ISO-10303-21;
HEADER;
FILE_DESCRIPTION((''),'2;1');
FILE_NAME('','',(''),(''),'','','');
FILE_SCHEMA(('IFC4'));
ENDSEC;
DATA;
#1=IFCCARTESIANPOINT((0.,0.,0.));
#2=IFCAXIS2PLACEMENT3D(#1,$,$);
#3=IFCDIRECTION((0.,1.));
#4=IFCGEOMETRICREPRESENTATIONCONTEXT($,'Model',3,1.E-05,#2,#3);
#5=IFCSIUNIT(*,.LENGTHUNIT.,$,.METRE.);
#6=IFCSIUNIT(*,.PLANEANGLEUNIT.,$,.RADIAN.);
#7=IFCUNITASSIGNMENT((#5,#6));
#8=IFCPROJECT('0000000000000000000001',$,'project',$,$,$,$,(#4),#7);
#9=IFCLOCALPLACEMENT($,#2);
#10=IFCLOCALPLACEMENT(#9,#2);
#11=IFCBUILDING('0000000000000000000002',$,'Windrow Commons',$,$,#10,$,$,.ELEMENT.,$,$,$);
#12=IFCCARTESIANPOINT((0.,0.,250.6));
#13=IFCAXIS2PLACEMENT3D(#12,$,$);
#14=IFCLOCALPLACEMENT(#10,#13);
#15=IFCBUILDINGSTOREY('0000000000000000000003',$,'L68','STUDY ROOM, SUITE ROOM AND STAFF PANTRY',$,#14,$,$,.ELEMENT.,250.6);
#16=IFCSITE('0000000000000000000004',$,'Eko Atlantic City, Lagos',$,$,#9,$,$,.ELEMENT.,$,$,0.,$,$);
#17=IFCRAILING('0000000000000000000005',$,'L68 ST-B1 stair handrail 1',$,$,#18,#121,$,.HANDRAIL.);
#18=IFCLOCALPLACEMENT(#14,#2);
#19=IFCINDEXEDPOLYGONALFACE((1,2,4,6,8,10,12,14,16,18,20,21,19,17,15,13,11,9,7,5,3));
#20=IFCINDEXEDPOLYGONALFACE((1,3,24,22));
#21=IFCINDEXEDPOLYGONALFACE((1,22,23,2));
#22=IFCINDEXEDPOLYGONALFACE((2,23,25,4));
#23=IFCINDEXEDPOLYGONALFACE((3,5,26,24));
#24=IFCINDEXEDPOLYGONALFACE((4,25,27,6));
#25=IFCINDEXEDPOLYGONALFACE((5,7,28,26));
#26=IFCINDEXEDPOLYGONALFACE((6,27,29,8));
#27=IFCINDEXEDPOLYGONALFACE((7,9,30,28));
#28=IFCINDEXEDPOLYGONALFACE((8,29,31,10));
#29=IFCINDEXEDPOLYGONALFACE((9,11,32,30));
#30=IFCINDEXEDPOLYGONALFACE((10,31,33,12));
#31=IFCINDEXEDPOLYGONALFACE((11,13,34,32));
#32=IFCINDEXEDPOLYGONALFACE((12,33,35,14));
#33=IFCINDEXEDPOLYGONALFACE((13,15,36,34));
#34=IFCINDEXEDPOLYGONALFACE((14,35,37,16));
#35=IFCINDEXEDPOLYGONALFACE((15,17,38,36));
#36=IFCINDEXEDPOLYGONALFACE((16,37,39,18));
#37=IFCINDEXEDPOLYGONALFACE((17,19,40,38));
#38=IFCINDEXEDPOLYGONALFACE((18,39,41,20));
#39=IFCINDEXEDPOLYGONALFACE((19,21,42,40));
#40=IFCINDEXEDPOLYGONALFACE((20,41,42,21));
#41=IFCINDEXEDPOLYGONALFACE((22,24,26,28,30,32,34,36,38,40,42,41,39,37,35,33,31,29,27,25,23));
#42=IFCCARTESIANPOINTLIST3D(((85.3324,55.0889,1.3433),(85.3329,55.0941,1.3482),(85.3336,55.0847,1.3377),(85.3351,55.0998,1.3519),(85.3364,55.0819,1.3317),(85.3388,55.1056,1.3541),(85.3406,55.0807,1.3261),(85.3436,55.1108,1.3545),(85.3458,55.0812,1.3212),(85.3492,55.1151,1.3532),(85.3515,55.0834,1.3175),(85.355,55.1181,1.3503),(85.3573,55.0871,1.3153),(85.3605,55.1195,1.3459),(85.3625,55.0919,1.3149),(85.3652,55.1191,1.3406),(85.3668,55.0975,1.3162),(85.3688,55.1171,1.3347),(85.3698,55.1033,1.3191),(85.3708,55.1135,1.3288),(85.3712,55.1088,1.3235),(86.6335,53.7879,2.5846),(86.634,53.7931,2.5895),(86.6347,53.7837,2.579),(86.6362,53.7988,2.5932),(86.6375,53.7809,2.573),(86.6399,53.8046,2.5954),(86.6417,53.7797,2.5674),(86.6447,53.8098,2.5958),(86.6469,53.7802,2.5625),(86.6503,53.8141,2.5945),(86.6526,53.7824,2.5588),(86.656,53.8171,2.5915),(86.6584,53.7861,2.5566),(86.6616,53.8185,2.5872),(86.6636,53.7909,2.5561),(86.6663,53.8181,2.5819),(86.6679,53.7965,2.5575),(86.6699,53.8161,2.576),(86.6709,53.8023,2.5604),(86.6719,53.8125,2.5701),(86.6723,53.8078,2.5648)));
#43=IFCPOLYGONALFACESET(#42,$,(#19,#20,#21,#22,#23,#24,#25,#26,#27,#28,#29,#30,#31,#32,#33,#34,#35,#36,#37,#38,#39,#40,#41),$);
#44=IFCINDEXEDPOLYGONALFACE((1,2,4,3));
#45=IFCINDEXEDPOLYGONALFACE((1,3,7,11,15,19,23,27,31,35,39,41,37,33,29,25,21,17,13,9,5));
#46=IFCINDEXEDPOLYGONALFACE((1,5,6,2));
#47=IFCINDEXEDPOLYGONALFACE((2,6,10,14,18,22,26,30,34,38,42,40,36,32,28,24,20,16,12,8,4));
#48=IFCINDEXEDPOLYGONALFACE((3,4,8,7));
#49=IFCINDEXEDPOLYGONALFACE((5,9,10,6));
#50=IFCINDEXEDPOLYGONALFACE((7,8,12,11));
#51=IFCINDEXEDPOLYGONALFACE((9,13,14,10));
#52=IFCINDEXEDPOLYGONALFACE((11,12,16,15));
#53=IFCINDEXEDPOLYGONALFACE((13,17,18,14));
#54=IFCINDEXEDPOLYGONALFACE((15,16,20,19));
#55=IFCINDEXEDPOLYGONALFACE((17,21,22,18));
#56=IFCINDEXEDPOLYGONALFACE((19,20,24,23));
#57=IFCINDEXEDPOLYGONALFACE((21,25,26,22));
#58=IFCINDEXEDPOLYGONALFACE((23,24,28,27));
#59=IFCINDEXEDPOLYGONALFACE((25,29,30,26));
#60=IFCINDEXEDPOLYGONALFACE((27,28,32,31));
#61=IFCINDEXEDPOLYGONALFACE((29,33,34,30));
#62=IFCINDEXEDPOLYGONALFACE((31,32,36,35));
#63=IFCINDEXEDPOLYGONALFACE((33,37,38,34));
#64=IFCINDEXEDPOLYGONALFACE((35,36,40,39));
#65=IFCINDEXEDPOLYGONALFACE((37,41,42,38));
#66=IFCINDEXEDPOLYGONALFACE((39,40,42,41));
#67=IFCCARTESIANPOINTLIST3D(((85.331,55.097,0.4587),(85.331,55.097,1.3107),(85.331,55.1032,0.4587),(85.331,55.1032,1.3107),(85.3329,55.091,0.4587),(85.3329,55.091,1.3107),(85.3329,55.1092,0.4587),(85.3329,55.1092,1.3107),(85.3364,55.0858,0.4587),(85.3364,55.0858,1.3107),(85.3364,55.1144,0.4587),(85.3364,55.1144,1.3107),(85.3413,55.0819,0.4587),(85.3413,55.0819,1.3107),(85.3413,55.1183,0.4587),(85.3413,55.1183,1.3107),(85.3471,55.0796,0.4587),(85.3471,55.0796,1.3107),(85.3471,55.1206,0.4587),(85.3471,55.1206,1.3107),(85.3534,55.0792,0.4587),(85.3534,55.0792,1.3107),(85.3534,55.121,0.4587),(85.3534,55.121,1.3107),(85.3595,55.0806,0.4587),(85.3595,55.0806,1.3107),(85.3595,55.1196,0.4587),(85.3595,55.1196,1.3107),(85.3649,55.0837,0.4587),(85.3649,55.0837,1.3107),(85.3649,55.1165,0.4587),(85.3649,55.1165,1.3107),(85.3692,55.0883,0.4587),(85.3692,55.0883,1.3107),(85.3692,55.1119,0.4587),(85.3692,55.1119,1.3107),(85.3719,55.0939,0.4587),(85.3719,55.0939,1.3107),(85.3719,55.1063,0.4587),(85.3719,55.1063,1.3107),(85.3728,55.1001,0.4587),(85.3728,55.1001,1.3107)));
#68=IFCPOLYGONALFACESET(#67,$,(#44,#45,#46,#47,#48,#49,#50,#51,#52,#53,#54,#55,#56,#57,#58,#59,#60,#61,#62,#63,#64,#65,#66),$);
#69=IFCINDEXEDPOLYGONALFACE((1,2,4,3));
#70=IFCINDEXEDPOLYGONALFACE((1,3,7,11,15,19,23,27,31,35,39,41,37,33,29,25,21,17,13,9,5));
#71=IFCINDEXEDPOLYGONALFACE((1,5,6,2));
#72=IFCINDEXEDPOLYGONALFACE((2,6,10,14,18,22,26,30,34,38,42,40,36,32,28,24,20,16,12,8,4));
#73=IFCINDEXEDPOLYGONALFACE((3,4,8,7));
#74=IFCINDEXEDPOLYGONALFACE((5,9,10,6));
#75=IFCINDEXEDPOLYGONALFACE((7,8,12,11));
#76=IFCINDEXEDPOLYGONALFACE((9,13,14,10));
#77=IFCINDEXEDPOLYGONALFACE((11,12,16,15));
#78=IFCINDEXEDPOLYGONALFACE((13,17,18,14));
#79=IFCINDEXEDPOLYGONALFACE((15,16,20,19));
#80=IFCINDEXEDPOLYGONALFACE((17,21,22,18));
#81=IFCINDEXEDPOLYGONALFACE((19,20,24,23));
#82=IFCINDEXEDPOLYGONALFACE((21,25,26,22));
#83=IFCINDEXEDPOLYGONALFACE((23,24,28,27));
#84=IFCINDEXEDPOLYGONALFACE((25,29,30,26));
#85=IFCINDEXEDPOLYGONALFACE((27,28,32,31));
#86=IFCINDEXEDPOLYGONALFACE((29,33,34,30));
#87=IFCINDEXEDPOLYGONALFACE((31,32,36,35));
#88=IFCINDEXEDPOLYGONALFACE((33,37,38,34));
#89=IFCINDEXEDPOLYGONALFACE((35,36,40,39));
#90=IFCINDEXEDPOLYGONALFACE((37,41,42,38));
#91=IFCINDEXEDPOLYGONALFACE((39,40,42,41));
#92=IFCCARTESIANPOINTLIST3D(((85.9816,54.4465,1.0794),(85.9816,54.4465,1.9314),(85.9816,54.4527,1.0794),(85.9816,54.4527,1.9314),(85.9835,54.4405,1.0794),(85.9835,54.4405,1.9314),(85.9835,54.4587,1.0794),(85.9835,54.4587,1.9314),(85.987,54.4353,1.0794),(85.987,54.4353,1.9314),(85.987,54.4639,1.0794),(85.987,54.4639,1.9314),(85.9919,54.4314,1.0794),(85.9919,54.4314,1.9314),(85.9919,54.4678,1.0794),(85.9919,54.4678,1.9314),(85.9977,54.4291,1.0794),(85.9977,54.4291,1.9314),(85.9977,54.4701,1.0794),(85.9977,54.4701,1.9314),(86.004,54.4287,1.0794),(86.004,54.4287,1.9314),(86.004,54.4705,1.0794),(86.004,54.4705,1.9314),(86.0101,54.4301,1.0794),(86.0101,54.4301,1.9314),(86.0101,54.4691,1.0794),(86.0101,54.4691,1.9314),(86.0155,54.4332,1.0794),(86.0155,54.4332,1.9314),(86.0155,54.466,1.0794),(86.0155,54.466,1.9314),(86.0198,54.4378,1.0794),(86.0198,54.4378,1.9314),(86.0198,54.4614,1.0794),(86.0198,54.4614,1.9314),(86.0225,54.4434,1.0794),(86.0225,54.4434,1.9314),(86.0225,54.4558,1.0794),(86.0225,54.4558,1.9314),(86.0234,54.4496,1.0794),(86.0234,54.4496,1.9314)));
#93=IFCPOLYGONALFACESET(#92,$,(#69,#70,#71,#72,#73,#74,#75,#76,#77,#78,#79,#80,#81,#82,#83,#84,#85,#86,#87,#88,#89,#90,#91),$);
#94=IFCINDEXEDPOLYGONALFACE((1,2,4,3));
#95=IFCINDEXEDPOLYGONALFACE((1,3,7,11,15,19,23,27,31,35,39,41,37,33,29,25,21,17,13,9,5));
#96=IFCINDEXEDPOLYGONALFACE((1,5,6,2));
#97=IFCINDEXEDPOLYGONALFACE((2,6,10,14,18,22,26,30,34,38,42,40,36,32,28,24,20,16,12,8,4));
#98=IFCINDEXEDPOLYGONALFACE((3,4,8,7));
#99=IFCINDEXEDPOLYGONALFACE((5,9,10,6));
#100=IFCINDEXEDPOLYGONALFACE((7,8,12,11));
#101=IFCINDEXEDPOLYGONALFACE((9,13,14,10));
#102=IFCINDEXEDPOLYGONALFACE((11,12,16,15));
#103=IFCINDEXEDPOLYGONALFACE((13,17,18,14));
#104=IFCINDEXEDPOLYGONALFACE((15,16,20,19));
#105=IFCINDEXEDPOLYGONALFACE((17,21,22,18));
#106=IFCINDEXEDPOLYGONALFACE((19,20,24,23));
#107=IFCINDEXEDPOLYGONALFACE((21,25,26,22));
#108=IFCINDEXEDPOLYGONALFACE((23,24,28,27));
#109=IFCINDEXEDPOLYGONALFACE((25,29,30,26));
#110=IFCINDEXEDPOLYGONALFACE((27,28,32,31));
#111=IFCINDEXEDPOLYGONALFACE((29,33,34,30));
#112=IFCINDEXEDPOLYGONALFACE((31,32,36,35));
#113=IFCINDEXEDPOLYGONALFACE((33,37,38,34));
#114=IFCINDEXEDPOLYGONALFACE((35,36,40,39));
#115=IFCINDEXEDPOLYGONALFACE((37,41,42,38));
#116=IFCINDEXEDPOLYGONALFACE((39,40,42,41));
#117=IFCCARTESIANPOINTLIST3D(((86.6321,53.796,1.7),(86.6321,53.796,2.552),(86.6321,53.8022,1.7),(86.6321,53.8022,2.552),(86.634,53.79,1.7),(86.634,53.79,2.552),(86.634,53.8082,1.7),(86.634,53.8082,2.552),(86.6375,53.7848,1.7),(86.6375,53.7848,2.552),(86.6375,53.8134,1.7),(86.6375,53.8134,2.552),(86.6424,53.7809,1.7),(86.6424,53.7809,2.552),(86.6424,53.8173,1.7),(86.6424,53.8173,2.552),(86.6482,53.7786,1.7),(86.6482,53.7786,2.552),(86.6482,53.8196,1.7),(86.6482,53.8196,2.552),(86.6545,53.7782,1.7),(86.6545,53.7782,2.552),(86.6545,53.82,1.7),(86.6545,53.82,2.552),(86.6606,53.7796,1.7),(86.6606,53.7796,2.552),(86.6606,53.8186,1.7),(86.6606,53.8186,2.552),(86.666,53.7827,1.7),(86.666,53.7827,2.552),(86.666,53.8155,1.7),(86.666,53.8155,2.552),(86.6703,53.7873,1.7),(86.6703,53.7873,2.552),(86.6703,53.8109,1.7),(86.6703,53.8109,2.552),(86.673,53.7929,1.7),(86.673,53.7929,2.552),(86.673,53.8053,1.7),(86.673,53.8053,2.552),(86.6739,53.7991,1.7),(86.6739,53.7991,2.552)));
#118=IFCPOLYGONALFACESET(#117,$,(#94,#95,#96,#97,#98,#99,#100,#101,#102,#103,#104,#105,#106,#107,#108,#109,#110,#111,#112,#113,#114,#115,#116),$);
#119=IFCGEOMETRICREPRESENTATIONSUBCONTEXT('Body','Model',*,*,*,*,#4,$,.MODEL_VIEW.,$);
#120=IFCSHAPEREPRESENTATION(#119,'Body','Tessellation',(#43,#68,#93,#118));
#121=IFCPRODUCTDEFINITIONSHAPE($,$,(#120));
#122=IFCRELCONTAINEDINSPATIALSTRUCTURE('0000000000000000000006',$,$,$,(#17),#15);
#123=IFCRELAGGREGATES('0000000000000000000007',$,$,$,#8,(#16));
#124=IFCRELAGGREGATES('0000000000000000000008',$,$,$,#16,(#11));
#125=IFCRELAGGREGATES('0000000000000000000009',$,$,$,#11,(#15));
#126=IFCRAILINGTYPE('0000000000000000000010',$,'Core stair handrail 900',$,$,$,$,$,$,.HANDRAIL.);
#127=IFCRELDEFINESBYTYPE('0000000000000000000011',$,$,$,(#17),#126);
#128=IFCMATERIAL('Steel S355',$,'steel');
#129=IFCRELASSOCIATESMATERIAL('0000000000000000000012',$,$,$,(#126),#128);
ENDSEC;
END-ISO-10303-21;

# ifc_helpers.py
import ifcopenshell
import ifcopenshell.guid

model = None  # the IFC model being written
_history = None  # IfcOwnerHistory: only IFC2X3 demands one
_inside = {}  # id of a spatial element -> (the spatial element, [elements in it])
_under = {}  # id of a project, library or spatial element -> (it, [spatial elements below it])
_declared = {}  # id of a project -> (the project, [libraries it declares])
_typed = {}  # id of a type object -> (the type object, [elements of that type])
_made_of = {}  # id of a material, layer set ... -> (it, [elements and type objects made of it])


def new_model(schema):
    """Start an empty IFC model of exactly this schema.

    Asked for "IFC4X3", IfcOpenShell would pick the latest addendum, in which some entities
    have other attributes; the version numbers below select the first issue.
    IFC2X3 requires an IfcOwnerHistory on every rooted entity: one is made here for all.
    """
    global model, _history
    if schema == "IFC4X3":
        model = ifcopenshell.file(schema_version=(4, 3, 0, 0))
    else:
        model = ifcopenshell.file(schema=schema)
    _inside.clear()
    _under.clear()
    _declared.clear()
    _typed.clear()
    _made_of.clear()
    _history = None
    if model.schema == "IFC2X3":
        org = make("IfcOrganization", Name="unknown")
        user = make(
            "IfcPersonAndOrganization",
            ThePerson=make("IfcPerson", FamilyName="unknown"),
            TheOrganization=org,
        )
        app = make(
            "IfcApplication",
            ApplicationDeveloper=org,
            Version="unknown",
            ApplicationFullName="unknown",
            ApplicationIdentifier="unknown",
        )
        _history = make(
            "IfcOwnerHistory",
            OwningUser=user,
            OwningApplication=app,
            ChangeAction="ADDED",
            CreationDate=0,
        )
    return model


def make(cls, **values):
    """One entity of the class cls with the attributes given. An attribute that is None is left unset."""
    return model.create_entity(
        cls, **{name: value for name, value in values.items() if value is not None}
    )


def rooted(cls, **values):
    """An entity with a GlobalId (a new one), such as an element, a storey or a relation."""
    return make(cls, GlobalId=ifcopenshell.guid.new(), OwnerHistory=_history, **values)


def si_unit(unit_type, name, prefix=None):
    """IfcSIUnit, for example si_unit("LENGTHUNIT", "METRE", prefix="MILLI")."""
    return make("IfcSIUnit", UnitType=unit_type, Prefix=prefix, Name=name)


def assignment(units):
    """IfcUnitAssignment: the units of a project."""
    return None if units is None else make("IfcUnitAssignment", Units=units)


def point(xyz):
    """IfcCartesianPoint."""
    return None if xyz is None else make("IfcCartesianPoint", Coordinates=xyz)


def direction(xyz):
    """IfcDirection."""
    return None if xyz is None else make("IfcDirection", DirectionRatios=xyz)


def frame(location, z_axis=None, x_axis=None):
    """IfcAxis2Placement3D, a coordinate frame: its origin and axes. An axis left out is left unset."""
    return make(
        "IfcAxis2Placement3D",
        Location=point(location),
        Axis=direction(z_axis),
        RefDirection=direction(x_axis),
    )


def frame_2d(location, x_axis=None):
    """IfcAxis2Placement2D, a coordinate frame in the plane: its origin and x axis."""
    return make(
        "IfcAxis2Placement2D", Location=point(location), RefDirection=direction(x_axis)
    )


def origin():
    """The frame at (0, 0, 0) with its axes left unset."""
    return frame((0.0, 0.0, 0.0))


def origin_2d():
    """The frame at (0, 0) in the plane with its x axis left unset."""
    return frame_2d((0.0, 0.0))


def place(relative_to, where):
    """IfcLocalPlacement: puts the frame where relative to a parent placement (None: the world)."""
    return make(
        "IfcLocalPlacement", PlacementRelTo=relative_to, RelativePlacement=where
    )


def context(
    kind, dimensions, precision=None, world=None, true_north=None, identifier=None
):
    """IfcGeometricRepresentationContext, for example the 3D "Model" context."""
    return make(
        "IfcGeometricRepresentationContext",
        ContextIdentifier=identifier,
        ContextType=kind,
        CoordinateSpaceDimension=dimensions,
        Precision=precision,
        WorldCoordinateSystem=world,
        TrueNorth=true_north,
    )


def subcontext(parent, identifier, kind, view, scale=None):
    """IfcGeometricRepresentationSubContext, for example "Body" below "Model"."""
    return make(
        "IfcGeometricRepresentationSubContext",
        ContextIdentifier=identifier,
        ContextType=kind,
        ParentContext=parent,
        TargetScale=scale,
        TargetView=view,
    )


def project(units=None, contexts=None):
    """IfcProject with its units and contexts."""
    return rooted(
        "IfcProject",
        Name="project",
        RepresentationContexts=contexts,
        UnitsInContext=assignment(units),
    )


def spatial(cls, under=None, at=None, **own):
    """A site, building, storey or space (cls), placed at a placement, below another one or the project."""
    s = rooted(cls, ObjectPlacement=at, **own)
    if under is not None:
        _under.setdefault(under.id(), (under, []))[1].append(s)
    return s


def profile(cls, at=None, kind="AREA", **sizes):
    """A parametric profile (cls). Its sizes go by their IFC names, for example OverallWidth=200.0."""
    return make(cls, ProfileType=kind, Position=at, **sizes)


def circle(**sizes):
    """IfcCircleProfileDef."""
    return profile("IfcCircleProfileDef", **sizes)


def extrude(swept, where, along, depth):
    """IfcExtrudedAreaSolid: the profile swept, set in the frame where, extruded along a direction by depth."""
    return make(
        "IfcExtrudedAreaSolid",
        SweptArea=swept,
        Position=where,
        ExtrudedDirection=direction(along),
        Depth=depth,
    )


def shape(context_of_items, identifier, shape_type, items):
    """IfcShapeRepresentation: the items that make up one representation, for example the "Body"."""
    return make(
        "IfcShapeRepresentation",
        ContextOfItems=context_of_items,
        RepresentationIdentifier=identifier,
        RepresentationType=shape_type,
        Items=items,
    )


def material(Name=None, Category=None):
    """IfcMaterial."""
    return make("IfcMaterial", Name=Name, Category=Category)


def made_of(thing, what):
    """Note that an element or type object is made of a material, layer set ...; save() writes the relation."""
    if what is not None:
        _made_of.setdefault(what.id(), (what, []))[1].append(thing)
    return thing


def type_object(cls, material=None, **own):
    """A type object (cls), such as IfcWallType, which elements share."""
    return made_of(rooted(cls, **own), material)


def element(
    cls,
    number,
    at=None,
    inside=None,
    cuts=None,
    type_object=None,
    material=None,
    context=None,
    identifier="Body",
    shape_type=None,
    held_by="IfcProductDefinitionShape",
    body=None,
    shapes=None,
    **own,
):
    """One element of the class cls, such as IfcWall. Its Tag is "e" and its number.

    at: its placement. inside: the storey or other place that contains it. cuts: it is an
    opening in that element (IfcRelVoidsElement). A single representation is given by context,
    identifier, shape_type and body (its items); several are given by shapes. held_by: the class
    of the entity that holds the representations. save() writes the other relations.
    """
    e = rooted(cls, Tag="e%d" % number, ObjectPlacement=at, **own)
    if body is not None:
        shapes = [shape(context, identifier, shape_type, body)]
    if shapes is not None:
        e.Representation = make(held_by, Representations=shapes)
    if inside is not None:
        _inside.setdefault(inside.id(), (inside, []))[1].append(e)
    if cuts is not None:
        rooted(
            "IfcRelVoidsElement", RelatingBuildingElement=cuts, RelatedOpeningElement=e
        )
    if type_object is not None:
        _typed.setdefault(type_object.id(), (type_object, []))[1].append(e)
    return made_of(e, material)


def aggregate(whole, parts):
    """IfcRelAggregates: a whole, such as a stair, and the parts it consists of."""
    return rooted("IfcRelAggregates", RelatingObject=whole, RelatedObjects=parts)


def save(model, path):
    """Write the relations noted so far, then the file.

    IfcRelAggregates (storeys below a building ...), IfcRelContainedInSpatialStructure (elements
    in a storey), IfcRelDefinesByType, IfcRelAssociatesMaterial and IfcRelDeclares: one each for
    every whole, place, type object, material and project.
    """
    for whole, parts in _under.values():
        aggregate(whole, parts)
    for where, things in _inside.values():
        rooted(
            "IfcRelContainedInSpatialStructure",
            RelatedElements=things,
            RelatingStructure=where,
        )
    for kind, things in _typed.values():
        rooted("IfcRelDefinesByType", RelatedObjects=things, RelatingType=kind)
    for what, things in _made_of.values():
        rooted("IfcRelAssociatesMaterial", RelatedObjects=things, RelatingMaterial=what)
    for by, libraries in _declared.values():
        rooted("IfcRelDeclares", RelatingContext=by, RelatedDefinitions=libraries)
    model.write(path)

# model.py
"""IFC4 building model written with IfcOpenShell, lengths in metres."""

from ifc_helpers import new_model, si_unit, direction, frame, origin, origin_2d, place, context, subcontext, project, spatial, circle, extrude, material, type_object, element, save


model = new_model("IFC4")

# Units and contexts
model_context = context("Model", 3, precision=1e-05, world=origin(), true_north=direction((0.0, 1.0)))
body_context = subcontext(model_context, "Body", "Model", "MODEL_VIEW")
ifc_project = project(units=[si_unit("LENGTHUNIT", "METRE"), si_unit("PLANEANGLEUNIT", "RADIAN")], contexts=[model_context])

# Site, building, storey
site_placement = place(None, origin())
site = spatial("IfcSite", under=ifc_project, at=site_placement, Name="Eko Atlantic City, Lagos", CompositionType="ELEMENT", RefElevation=0.0)
building_placement = place(site_placement, origin())
building = spatial("IfcBuilding", under=site, at=building_placement, Name="Windrow Commons", CompositionType="ELEMENT")
storey_placement = place(building_placement, frame((0.0, 0.0, 250.6)))
storey = spatial("IfcBuildingStorey", under=building, at=storey_placement, Name="L68", Description="STUDY ROOM, SUITE ROOM AND STAFF PANTRY", CompositionType="ELEMENT", Elevation=250.6)

# Railing
ifc_material_1 = material(Name="Steel S355", Category="steel")
railing_type_1 = type_object("IfcRailingType", Name="Core stair handrail 900", PredefinedType="HANDRAIL", material=ifc_material_1)
railing_1_placement = place(storey_placement, frame((85.3518, 55.1001, 0.4587)))
element("IfcRailing", 1, at=railing_1_placement, inside=storey, type_object=railing_type_1, Name="L68 ST-B1 stair handrail 1", PredefinedType="HANDRAIL", context=body_context, shape_type="SweptSolid", body=[
    extrude(circle(Radius=0.024, at=origin_2d()), frame((0.0, 0.0, 0.876), z_axis=(0.586207, -0.586162, 0.559264), x_axis=(0.70708, 0.707134, 0.0)), (0.0, 0.0, 1.0), 2.2195),
    extrude(circle(Radius=0.021, at=origin_2d()), origin(), (0.0, 0.0, 1.0), 0.852),
    extrude(circle(Radius=0.021, at=origin_2d()), frame((0.6506, -0.6505, 0.6207)), (0.0, 0.0, 1.0), 0.852),
    extrude(circle(Radius=0.021, at=origin_2d()), frame((1.3011, -1.301, 1.2413)), (0.0, 0.0, 1.0), 0.852),
])

save(model, "model.ifc")
